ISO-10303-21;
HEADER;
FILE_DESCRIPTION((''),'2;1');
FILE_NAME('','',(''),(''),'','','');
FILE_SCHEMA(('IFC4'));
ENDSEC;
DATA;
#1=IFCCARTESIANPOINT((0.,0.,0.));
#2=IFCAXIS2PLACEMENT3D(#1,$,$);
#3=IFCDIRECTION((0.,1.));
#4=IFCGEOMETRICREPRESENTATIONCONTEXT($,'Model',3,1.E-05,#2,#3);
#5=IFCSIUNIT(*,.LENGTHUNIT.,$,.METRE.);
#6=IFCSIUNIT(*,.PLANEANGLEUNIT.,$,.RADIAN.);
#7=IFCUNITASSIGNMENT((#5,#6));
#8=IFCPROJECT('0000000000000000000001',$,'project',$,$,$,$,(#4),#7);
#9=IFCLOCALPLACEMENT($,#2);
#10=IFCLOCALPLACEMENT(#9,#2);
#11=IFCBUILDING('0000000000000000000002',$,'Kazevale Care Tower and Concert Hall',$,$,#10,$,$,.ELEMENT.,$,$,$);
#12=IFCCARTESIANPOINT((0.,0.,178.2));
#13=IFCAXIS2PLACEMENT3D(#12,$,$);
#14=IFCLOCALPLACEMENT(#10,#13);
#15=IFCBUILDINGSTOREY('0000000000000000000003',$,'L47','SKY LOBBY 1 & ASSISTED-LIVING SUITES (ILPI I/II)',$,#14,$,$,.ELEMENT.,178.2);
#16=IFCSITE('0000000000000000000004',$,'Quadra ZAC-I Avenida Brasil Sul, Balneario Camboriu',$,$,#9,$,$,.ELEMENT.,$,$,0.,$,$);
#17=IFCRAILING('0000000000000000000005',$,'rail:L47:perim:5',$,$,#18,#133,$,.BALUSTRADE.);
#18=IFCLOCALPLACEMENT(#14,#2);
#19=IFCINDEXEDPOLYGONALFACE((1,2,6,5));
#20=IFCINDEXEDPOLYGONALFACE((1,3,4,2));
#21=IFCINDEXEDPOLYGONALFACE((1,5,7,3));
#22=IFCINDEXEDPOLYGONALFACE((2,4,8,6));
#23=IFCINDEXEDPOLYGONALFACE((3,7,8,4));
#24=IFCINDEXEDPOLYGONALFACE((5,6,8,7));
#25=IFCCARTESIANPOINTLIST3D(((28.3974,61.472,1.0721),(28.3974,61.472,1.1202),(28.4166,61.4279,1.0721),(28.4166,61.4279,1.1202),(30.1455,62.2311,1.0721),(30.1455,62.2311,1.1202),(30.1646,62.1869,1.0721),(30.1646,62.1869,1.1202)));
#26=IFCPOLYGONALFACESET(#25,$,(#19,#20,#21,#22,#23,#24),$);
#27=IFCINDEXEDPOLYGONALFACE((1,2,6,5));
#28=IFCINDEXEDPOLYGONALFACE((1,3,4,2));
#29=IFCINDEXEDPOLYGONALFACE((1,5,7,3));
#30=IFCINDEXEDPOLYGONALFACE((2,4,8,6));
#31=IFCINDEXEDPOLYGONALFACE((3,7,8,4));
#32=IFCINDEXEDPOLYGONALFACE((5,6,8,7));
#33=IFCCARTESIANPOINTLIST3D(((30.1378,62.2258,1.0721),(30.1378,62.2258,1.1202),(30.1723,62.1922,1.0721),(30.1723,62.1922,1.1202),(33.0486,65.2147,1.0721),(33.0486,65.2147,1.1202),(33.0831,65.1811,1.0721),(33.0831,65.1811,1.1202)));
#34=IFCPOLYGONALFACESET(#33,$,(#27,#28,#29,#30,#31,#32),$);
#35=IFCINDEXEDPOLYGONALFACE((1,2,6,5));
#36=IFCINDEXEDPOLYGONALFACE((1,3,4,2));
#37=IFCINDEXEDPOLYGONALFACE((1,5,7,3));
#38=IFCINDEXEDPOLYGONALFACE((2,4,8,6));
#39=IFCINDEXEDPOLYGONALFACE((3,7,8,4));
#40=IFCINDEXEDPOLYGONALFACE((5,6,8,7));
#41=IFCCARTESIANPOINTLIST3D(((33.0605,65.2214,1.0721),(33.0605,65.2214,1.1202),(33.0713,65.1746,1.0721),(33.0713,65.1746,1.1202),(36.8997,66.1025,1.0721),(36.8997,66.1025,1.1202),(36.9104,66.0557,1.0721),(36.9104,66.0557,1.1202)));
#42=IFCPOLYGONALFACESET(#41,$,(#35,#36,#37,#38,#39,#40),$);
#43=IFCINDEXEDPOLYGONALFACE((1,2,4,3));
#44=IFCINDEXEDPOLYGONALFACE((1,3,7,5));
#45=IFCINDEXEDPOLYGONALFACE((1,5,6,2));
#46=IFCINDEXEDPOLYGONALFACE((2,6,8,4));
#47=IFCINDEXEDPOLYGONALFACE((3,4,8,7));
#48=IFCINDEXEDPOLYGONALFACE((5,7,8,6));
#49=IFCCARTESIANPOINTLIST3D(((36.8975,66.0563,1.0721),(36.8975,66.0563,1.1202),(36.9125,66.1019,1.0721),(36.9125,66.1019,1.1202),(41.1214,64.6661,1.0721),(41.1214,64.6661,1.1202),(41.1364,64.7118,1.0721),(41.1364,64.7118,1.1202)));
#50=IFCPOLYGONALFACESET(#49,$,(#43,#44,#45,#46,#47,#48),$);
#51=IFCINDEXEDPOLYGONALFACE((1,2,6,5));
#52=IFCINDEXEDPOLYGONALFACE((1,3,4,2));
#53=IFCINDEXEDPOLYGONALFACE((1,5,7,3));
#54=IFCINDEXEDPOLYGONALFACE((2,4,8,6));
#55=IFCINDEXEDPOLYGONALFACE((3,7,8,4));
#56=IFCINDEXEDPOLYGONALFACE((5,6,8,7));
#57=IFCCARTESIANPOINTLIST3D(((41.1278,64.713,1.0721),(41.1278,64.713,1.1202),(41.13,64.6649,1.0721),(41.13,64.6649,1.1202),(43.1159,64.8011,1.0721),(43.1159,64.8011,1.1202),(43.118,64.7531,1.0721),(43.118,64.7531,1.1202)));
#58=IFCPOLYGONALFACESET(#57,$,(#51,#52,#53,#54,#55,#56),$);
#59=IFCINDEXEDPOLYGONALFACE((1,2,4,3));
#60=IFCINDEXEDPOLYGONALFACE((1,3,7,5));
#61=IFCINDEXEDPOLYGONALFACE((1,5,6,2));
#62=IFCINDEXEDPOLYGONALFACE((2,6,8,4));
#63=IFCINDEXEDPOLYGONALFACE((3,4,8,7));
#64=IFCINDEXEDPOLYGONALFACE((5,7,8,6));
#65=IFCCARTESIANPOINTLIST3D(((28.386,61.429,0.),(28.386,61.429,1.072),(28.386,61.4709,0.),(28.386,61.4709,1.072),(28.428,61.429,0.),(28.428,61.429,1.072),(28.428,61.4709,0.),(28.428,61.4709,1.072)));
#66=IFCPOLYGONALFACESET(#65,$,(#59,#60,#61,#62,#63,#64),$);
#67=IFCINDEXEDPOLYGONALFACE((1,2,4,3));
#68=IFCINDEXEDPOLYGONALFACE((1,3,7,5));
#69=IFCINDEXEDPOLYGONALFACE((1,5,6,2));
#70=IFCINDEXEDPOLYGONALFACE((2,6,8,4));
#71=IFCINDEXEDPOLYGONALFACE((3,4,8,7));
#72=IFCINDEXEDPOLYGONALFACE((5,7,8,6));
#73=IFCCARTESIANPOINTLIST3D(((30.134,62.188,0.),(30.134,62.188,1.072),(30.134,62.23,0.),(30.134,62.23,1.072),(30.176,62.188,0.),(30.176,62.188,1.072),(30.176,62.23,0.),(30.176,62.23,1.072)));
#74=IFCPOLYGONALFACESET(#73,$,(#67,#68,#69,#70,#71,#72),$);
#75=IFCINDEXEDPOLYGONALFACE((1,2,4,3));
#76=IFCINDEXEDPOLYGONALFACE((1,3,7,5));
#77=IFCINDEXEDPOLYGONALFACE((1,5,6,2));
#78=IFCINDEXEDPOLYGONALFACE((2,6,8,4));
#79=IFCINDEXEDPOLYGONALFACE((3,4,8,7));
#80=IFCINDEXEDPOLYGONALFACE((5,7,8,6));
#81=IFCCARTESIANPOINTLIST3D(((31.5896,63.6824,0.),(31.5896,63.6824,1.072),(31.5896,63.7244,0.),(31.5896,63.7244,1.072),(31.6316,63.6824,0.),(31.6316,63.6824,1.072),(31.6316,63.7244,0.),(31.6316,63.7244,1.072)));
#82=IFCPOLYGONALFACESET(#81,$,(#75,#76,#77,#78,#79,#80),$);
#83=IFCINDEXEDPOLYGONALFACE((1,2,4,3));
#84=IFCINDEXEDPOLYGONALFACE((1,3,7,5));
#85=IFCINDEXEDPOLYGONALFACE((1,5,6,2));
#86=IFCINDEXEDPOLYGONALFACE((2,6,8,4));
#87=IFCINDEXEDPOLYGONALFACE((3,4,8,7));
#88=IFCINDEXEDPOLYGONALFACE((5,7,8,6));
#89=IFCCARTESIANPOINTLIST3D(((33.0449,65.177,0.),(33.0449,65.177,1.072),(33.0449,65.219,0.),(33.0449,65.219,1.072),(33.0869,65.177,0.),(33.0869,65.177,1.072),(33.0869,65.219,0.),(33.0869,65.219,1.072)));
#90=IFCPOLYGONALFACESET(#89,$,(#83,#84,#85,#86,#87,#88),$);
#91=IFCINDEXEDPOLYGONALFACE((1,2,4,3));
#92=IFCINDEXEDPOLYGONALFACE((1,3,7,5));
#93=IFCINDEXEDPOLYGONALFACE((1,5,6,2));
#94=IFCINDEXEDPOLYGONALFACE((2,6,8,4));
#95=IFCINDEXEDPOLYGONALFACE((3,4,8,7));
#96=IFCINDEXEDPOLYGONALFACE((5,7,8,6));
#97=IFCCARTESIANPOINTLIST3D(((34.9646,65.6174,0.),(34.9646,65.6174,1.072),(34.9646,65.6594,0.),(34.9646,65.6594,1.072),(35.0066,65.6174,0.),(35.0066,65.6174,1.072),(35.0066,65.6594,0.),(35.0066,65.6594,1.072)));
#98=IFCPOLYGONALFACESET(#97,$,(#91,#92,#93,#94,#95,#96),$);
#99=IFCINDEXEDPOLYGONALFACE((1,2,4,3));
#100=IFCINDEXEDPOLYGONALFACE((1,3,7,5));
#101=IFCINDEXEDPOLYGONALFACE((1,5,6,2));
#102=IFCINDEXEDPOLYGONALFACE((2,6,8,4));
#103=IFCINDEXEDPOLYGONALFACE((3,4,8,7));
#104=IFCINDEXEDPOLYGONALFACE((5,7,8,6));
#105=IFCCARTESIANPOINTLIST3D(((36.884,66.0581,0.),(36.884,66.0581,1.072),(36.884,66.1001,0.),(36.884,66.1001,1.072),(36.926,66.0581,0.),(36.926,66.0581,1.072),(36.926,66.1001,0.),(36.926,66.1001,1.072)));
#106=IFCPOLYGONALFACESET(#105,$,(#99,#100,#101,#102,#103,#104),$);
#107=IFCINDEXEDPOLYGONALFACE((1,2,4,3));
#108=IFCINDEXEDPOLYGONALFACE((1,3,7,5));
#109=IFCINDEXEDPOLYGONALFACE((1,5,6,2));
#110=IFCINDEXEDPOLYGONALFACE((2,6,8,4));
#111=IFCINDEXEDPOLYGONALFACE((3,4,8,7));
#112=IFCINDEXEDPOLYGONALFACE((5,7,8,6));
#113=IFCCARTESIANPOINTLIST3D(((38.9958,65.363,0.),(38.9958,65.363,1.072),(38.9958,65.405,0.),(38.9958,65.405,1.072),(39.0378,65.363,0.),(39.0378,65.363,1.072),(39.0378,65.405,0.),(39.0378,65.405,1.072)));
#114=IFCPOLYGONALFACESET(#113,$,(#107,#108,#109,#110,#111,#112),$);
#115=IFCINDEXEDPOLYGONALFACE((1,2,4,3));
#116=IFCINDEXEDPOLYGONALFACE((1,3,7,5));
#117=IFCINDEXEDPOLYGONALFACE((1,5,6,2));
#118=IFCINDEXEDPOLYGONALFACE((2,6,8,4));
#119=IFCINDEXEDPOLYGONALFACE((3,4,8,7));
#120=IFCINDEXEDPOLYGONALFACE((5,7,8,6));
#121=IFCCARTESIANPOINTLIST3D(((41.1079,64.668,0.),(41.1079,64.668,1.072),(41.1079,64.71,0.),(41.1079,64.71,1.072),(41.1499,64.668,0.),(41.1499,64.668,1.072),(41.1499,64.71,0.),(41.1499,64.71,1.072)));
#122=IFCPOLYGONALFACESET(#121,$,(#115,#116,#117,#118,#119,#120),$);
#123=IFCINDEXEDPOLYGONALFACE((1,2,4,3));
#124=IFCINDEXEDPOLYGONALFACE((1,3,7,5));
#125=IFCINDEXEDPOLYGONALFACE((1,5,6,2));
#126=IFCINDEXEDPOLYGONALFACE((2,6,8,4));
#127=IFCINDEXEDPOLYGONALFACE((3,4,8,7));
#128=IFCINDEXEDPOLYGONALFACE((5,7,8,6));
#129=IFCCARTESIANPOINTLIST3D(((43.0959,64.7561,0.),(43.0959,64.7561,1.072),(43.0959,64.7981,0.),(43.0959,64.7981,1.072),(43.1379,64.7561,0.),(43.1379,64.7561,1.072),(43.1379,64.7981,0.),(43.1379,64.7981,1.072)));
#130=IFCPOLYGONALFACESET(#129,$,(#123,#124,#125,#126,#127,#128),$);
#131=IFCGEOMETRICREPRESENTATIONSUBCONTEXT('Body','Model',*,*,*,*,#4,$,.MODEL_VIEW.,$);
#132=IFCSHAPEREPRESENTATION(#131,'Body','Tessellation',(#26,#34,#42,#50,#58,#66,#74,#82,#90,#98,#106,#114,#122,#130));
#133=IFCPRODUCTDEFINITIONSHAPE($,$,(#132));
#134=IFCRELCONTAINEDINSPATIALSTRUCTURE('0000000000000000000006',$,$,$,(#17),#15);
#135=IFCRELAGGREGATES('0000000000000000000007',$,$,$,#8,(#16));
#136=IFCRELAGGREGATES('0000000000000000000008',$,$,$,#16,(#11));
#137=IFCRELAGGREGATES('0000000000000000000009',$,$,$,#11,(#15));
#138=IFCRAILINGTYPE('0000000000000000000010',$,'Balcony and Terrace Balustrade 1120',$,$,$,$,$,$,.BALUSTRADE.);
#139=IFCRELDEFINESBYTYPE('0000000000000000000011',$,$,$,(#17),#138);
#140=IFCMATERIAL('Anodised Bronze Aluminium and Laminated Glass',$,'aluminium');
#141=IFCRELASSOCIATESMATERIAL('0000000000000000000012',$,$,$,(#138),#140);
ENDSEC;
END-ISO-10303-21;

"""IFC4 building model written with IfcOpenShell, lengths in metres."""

from ifc_helpers import new_model, si_unit, direction, frame, origin, origin_2d, place, context, subcontext, project, spatial, rectangle, extrude, material, type_object, element, save


model = new_model("IFC4")

# Units and contexts
model_context = context("Model", 3, precision=1e-05, world=origin(), true_north=direction((0.0, 1.0)))
body_context = subcontext(model_context, "Body", "Model", "MODEL_VIEW")
ifc_project = project(units=[si_unit("LENGTHUNIT", "METRE"), si_unit("PLANEANGLEUNIT", "RADIAN")], contexts=[model_context])

# Site, building, storey
site_placement = place(None, origin())
site = spatial("IfcSite", under=ifc_project, at=site_placement, Name="Quadra ZAC-I Avenida Brasil Sul, Balneario Camboriu", CompositionType="ELEMENT", RefElevation=0.0)
building_placement = place(site_placement, origin())
building = spatial("IfcBuilding", under=site, at=building_placement, Name="Kazevale Care Tower and Concert Hall", CompositionType="ELEMENT")
storey_placement = place(building_placement, frame((0.0, 0.0, 178.2)))
storey = spatial("IfcBuildingStorey", under=building, at=storey_placement, Name="L47", Description="SKY LOBBY 1 & ASSISTED-LIVING SUITES (ILPI I/II)", CompositionType="ELEMENT", Elevation=178.2)

# Railing
ifc_material_1 = material(Name="Anodised Bronze Aluminium and Laminated Glass", Category="aluminium")
railing_type = type_object("IfcRailingType", Name="Balcony and Terrace Balustrade 1120", PredefinedType="BALUSTRADE", material=ifc_material_1)
railing_1_placement = place(storey_placement, frame((28.407, 61.45, 0.0)))
element("IfcRailing", 1, at=railing_1_placement, inside=storey, type_object=railing_type, Name="rail:L47:perim:5", PredefinedType="BALUSTRADE", context=body_context, shape_type="SweptSolid", body=[
    extrude(rectangle(XDim=0.0481, YDim=0.0481, at=origin_2d()), frame((0.0, 0.0, 1.0962), z_axis=(0.917259, 0.39829, 0.0), x_axis=(-0.39829, 0.917259, 0.0)), (0.0, 0.0, 1.0), 1.9058),
    extrude(rectangle(XDim=0.0481, YDim=0.0481, at=origin_2d()), frame((1.748, 0.759, 1.0962), z_axis=(0.697682, 0.716407, 0.0), x_axis=(-0.716407, 0.697682, 0.0)), (0.0, 0.0, 1.0), 4.1721),
    extrude(rectangle(XDim=0.0481, YDim=0.0481, at=origin_2d()), frame((4.6589, 3.748, 1.0962), z_axis=(0.97466, 0.223691, 0.0), x_axis=(-0.223691, 0.97466, 0.0)), (0.0, 0.0, 1.0), 3.939),
    extrude(rectangle(XDim=0.0481, YDim=0.0481, at=origin_2d()), frame((8.498, 4.6292, 1.0962), z_axis=(0.949879, -0.312618, 0.0), x_axis=(0.312618, 0.949879, 0.0)), (0.0, 0.0, 1.0), 4.4468),
    extrude(rectangle(XDim=0.0481, YDim=0.0481, at=origin_2d()), frame((12.7219, 3.239, 1.0962), z_axis=(0.999019, 0.044289, 0.0), x_axis=(-0.044289, 0.999019, 0.0)), (0.0, 0.0, 1.0), 1.99),
    extrude(rectangle(XDim=0.042, YDim=0.042, at=origin_2d()), origin(), (0.0, 0.0, 1.0), 1.072),
    extrude(rectangle(XDim=0.042, YDim=0.042, at=origin_2d()), frame((1.748, 0.759, 0.0)), (0.0, 0.0, 1.0), 1.072),
    extrude(rectangle(XDim=0.042, YDim=0.042, at=origin_2d()), frame((3.2036, 2.2534, 0.0)), (0.0, 0.0, 1.0), 1.072),
    extrude(rectangle(XDim=0.042, YDim=0.042, at=origin_2d()), frame((4.6589, 3.748, 0.0)), (0.0, 0.0, 1.0), 1.072),
    extrude(rectangle(XDim=0.042, YDim=0.042, at=origin_2d()), frame((6.5786, 4.1885, 0.0)), (0.0, 0.0, 1.0), 1.072),
    extrude(rectangle(XDim=0.042, YDim=0.042, at=origin_2d()), frame((8.498, 4.6292, 0.0)), (0.0, 0.0, 1.0), 1.072),
    extrude(rectangle(XDim=0.042, YDim=0.042, at=origin_2d()), frame((10.6099, 3.9341, 0.0)), (0.0, 0.0, 1.0), 1.072),
    extrude(rectangle(XDim=0.042, YDim=0.042, at=origin_2d()), frame((12.7219, 3.239, 0.0)), (0.0, 0.0, 1.0), 1.072),
    extrude(rectangle(XDim=0.042, YDim=0.042, at=origin_2d()), frame((14.71, 3.3271, 0.0)), (0.0, 0.0, 1.0), 1.072),
])

save(model, "model.ifc")
